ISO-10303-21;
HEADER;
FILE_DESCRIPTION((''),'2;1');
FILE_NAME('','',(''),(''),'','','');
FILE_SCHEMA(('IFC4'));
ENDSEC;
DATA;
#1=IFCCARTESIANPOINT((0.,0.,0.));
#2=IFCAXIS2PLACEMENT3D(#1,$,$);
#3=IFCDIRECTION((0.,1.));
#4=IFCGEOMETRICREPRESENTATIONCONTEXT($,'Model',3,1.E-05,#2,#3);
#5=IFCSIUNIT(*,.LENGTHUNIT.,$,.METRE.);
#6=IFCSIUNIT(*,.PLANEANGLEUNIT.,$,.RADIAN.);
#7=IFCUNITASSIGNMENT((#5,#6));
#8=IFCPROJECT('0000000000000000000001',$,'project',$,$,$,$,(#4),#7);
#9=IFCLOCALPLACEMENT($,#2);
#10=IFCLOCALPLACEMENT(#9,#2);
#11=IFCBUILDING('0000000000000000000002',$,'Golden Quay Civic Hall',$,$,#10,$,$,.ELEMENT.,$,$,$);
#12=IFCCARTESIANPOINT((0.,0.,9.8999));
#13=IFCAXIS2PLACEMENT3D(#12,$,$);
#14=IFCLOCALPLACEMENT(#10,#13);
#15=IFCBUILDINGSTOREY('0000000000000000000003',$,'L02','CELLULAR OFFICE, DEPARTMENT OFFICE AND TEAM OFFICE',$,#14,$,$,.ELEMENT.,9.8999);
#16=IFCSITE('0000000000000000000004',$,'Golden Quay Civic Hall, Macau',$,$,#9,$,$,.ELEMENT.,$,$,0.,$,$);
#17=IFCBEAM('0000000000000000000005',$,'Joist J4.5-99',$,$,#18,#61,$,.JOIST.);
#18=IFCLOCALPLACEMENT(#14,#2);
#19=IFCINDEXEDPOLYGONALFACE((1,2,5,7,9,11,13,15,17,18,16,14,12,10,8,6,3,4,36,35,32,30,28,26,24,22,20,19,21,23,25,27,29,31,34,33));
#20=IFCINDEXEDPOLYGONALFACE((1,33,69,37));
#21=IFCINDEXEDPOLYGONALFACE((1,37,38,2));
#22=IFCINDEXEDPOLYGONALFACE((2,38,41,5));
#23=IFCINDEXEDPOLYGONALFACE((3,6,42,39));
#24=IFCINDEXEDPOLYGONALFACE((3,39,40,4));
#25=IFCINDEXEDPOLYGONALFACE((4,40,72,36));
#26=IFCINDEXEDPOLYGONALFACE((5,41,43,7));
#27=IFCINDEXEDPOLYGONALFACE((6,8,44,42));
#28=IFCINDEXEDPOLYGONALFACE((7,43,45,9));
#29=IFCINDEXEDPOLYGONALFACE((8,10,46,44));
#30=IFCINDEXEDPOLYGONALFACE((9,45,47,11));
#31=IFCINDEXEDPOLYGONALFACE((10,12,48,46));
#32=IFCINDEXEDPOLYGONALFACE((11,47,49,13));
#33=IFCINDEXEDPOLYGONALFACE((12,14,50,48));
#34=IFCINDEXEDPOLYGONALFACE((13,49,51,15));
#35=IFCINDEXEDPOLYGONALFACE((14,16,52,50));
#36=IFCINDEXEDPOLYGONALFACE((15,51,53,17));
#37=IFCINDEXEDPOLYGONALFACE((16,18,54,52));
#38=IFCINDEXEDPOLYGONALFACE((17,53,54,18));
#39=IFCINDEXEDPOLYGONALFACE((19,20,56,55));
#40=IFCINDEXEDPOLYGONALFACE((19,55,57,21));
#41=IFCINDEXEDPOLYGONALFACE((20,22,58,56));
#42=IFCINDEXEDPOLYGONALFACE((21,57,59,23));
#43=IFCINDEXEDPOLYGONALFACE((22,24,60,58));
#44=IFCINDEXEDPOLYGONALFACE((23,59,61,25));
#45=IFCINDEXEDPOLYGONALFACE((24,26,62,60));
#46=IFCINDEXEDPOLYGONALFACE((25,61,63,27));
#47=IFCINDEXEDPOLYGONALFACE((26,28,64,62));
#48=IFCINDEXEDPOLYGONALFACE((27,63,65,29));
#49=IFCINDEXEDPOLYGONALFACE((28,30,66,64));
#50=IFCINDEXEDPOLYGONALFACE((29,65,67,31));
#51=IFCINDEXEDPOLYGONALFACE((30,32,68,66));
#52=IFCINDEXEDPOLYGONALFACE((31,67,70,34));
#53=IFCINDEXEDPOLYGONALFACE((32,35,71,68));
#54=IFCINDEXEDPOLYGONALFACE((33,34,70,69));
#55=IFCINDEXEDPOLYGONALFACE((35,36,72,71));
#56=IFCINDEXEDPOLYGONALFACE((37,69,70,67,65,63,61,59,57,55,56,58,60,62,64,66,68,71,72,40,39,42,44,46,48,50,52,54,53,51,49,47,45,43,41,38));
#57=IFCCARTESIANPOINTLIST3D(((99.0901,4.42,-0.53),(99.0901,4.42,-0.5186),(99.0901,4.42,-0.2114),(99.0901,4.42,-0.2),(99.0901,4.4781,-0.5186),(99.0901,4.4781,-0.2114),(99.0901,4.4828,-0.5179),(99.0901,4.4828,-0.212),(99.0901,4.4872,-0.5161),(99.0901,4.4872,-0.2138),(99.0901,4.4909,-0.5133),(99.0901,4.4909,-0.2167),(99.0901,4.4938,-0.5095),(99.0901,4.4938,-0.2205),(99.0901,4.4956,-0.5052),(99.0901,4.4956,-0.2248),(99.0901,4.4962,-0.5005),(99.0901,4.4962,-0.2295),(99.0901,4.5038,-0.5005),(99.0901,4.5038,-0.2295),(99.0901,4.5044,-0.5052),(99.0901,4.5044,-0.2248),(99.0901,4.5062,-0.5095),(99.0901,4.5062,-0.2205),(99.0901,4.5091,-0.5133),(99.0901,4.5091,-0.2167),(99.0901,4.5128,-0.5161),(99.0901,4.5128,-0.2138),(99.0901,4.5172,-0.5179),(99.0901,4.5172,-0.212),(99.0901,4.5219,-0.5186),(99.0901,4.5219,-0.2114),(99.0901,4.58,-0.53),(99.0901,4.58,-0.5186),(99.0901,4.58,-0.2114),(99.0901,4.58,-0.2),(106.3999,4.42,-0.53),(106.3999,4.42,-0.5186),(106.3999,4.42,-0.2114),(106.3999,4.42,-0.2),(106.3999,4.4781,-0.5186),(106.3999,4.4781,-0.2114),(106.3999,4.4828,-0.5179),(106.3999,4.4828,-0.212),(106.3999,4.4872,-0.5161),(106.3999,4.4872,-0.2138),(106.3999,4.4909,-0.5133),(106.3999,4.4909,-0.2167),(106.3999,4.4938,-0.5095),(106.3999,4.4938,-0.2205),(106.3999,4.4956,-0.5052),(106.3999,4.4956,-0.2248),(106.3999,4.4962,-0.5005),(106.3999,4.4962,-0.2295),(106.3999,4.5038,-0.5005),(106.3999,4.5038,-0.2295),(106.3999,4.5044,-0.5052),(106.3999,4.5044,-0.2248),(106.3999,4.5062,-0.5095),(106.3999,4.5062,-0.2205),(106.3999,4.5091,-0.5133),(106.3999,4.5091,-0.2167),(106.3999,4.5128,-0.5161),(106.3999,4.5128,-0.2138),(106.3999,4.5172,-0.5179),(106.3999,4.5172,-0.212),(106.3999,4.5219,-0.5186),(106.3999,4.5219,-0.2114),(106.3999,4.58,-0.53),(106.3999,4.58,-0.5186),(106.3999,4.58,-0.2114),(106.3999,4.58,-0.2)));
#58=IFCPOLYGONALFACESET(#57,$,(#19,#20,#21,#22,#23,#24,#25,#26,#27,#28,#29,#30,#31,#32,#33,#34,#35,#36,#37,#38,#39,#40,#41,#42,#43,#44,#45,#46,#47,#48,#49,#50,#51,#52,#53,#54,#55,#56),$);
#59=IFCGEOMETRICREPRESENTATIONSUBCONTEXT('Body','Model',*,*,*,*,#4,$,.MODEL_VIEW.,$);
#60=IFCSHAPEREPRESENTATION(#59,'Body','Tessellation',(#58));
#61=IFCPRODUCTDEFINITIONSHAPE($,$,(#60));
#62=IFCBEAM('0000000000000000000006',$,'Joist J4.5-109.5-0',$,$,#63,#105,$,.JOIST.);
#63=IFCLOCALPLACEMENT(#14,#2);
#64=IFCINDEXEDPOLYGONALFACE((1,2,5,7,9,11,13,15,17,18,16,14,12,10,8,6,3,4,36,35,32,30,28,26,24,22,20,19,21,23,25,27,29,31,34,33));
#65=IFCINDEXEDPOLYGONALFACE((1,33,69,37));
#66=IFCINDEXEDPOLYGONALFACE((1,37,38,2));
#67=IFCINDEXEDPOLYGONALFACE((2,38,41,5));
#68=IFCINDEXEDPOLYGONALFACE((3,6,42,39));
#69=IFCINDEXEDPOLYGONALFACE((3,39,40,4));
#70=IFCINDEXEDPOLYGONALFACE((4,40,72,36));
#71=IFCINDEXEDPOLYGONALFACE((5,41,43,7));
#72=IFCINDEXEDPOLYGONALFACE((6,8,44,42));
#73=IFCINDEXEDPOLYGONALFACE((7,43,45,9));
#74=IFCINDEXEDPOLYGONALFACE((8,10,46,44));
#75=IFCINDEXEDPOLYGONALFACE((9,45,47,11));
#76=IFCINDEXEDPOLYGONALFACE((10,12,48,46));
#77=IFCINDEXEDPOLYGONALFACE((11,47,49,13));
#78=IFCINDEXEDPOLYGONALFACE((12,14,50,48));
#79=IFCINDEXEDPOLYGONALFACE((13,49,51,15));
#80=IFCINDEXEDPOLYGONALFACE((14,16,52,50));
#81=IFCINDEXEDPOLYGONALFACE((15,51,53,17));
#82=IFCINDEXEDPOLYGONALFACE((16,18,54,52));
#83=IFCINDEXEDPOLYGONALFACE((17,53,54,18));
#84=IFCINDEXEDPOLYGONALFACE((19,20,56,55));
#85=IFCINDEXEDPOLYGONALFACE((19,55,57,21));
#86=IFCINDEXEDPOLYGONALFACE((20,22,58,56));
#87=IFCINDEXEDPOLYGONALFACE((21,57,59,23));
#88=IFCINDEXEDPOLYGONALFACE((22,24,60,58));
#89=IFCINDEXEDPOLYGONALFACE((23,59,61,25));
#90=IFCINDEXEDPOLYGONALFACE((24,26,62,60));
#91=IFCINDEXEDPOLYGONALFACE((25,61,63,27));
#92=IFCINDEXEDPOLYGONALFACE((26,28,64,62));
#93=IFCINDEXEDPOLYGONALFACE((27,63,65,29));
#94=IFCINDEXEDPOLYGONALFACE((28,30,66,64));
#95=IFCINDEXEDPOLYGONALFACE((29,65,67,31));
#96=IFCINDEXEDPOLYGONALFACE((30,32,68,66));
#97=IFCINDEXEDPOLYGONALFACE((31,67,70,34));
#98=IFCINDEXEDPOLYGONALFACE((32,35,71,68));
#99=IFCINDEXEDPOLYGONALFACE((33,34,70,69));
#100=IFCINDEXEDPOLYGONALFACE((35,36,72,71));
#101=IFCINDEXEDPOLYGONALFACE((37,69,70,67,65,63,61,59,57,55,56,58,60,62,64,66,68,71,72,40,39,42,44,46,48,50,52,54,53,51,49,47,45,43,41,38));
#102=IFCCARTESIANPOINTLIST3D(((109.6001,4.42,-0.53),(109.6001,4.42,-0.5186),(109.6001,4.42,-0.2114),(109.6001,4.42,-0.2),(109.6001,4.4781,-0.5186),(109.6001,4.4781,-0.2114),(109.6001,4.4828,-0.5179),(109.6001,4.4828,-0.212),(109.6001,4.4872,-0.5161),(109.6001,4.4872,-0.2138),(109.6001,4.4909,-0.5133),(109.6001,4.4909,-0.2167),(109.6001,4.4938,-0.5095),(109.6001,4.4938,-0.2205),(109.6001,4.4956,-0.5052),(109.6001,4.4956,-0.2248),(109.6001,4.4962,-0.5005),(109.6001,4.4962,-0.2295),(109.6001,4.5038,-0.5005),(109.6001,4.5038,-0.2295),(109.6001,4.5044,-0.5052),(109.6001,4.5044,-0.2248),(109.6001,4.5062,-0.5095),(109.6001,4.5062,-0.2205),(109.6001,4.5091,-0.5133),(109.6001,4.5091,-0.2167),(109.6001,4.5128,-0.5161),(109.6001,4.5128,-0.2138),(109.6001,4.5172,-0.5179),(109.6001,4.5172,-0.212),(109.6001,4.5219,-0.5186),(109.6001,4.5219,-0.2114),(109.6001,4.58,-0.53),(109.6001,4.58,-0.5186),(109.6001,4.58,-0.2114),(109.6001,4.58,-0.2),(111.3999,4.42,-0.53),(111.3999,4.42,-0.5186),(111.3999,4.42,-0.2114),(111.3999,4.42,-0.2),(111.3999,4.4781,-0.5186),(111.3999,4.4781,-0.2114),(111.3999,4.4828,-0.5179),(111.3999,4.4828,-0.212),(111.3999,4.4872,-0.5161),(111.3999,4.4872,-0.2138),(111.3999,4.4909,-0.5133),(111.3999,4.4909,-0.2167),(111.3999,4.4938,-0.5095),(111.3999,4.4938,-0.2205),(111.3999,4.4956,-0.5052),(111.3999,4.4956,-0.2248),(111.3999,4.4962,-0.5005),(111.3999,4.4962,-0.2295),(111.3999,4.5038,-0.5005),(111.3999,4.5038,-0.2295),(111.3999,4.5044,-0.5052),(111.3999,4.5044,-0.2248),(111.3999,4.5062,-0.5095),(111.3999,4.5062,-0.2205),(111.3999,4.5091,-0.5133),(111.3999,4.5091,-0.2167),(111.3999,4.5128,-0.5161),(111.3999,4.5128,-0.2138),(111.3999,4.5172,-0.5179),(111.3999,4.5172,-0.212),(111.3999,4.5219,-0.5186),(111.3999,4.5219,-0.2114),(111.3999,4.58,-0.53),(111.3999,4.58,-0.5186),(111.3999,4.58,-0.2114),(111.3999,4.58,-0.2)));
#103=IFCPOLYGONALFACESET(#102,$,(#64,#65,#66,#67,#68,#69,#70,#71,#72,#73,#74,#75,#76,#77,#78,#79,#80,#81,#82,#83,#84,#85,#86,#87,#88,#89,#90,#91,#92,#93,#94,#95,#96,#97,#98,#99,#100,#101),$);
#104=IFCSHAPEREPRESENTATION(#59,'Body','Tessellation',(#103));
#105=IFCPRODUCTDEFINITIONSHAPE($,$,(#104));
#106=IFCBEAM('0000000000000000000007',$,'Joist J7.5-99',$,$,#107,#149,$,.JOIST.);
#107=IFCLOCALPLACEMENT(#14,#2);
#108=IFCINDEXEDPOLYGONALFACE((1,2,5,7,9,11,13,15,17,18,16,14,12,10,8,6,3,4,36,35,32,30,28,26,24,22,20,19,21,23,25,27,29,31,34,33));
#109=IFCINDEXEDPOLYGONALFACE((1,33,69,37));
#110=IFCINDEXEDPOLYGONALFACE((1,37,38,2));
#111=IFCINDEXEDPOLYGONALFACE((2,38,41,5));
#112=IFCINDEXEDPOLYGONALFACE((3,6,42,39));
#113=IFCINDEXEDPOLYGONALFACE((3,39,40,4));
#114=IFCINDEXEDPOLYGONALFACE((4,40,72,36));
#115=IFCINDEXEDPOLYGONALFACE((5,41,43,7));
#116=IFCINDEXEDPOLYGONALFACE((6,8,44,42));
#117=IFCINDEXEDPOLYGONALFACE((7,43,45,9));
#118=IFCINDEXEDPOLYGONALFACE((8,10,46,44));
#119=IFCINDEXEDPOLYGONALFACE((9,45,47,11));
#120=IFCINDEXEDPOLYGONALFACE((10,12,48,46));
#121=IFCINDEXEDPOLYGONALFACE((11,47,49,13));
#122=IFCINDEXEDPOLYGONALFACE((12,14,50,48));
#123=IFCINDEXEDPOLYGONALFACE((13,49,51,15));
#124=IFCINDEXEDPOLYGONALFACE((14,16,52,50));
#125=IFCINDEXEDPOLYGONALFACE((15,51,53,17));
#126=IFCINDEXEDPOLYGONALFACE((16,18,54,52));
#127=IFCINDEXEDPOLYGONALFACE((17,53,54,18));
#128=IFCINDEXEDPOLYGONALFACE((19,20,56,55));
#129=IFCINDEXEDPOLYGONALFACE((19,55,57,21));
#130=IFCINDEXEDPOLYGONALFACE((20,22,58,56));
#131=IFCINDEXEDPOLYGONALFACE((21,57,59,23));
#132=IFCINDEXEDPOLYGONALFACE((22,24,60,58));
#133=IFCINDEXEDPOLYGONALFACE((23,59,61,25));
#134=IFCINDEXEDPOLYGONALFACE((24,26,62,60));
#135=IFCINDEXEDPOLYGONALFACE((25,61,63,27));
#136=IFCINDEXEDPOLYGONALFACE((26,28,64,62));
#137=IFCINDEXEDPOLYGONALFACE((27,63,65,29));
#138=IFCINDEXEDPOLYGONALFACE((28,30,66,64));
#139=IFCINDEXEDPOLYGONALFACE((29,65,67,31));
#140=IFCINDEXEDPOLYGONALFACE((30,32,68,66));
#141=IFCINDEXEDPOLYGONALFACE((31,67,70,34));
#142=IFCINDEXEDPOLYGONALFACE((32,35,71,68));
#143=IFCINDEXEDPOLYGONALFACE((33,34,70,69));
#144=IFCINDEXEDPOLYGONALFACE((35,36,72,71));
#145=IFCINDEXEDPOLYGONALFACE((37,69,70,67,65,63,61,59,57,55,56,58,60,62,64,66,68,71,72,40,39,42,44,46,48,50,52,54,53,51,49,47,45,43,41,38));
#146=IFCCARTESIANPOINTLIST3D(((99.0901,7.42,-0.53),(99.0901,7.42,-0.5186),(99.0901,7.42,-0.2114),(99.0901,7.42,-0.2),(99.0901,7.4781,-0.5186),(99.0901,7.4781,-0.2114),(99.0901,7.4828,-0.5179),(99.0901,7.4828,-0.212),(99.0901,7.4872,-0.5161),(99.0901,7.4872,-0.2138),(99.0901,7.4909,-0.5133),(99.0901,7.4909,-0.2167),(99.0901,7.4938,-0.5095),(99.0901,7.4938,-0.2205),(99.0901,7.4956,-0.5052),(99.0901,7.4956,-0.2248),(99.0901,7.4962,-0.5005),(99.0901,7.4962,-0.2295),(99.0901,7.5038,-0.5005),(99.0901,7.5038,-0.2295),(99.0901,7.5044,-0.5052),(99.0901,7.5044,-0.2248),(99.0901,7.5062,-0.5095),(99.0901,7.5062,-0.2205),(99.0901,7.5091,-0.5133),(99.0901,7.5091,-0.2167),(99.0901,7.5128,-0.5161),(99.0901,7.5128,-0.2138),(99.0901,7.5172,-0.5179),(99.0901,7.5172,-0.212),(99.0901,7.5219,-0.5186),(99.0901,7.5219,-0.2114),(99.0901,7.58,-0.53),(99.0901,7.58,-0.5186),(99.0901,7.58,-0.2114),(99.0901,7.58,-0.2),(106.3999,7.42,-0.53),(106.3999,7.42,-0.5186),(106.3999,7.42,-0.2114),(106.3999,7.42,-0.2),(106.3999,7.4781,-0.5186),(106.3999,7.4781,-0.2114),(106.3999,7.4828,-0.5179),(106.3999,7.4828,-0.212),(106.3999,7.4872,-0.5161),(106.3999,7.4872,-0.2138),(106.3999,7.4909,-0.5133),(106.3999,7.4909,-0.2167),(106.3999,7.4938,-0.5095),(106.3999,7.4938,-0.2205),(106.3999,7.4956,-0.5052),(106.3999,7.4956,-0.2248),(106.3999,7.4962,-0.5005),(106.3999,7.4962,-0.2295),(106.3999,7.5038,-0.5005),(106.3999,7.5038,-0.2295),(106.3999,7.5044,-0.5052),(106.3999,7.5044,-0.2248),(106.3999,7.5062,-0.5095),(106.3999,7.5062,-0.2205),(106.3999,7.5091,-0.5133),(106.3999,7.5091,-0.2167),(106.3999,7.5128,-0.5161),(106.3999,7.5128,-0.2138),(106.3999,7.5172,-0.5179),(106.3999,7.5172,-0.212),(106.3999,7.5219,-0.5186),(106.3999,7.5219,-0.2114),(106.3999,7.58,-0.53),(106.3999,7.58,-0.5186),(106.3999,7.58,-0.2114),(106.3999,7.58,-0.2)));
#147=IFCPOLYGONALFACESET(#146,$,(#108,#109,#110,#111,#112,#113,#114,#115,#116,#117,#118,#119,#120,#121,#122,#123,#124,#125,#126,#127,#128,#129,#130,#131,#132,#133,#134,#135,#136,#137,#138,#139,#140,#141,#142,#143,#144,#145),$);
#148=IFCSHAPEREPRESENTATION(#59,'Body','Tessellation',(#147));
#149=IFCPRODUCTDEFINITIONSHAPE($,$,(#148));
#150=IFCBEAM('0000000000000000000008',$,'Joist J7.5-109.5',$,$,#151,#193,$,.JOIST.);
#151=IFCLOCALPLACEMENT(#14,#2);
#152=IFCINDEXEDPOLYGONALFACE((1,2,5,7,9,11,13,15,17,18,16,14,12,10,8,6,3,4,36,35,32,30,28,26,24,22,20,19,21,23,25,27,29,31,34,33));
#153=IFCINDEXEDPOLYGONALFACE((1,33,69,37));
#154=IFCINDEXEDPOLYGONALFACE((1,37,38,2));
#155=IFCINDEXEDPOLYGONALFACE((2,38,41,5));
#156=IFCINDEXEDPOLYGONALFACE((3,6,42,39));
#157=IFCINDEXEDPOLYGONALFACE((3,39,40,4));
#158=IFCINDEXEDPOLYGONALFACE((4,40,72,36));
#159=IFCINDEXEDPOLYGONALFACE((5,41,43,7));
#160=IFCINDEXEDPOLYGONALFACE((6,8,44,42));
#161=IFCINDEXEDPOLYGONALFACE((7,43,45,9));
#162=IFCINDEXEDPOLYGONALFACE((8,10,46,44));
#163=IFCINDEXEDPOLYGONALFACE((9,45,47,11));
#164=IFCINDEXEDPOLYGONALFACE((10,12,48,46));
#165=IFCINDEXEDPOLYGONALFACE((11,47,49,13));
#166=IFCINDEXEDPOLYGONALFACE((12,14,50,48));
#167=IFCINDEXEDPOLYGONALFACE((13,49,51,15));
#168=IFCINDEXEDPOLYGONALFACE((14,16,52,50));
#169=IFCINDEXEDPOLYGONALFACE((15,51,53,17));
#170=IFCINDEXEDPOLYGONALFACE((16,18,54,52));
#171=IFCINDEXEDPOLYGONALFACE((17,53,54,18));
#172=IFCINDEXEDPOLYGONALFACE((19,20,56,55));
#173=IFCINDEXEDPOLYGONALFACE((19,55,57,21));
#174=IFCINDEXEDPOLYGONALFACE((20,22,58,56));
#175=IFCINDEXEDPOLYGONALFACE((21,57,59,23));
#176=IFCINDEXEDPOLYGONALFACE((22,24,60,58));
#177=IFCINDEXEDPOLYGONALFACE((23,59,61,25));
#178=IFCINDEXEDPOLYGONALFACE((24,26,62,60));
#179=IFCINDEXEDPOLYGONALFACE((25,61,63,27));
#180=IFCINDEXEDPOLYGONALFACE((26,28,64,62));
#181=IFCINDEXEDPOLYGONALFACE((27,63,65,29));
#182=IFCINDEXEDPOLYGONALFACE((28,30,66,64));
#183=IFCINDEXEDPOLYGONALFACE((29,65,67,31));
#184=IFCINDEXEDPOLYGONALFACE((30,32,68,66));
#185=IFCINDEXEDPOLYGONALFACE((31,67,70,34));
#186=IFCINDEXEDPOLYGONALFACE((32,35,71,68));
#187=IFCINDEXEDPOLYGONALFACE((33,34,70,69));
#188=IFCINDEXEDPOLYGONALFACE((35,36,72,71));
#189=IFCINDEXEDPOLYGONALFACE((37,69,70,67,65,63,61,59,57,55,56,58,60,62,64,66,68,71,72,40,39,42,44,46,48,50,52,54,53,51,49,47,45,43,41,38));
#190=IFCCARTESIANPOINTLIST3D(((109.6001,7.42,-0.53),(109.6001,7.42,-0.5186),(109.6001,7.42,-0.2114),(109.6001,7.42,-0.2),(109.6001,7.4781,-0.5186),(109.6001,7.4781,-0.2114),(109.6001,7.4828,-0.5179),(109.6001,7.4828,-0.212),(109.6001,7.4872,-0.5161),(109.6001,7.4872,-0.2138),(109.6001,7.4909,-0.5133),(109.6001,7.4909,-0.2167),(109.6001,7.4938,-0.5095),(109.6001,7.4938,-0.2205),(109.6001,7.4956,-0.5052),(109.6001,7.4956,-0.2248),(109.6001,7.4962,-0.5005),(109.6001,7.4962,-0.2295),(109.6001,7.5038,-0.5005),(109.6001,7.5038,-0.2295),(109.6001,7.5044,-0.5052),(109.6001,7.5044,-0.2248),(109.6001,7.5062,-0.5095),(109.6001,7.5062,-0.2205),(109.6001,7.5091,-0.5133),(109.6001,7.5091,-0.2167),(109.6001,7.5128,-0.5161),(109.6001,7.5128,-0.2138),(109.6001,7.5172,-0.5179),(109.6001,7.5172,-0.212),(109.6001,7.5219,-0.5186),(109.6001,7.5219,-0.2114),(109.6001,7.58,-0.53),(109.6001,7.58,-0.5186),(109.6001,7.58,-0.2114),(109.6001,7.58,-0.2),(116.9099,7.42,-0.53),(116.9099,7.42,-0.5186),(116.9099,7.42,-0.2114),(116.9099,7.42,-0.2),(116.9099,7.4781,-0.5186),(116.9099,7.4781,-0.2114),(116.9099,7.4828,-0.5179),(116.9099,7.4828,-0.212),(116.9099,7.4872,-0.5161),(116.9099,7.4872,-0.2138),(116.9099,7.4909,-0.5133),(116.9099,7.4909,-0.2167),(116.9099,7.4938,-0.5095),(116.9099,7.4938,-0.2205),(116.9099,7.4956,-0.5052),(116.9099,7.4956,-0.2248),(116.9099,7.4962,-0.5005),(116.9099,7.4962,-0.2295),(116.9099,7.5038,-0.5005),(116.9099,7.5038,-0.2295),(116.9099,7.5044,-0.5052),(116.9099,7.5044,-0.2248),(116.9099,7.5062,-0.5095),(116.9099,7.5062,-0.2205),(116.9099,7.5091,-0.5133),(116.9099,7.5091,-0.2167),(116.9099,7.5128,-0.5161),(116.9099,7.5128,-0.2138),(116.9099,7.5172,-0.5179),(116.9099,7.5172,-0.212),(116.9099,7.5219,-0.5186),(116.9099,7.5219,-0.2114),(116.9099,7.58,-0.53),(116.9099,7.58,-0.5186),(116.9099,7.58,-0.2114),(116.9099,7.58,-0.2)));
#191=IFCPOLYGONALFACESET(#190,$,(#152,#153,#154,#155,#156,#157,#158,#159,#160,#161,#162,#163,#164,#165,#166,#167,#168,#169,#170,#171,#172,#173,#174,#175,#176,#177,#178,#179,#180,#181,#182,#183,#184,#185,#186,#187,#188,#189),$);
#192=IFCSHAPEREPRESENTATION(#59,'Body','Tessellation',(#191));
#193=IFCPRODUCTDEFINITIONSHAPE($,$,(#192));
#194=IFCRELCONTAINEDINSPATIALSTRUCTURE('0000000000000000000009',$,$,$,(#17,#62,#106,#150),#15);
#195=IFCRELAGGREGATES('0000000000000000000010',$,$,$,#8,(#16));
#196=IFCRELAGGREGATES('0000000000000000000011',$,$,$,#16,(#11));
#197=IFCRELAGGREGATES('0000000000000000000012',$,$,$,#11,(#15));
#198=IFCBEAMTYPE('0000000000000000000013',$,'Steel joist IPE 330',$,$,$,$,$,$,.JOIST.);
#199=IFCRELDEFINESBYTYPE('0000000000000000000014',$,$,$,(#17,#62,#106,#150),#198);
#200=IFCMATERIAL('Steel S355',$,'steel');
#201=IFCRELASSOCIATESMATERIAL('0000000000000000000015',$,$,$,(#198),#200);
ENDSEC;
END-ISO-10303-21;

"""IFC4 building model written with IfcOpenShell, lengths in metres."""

from ifc_helpers import new_model, si_unit, direction, frame, origin, origin_2d, place, context, subcontext, project, spatial, i_section, extrude, material, material_profile, profile_set, type_object, element, save


model = new_model("IFC4")

# Units and contexts
model_context = context("Model", 3, precision=1e-05, world=origin(), true_north=direction((0.0, 1.0)))
body_context = subcontext(model_context, "Body", "Model", "MODEL_VIEW")
ifc_project = project(units=[si_unit("LENGTHUNIT", "METRE"), si_unit("PLANEANGLEUNIT", "RADIAN")], contexts=[model_context])

# Site, building, storey
site_placement = place(None, origin())
site = spatial("IfcSite", under=ifc_project, at=site_placement, Name="Golden Quay Civic Hall, Macau", CompositionType="ELEMENT", RefElevation=0.0)
building_placement = place(site_placement, origin())
building = spatial("IfcBuilding", under=site, at=building_placement, Name="Golden Quay Civic Hall", CompositionType="ELEMENT")
storey_placement = place(building_placement, frame((0.0, 0.0, 9.8999)))
storey = spatial("IfcBuildingStorey", under=building, at=storey_placement, Name="L02", Description="CELLULAR OFFICE, DEPARTMENT OFFICE AND TEAM OFFICE", CompositionType="ELEMENT", Elevation=9.8999)

# Beams
ifc_material_1 = material(Name="Steel S355", Category="steel")
ifc_material_profile_1 = material_profile(ifc_material_1, i_section(OverallWidth=0.1599, OverallDepth=0.3301, WebThickness=0.0076, FlangeThickness=0.0115, FilletRadius=0.0181, at=origin_2d()), Name="IPE 330")
ifc_profile_set_1 = profile_set([ifc_material_profile_1], Name="Steel S355")
beam_type_1 = type_object("IfcBeamType", Name="Steel joist IPE 330", PredefinedType="JOIST", material=ifc_profile_set_1)
beam_1_placement = place(storey_placement, frame((99.0901, 4.5, -0.365), z_axis=(1.0, 0.0, 0.0), x_axis=(0.0, 1.0, 0.0)))
element("IfcBeam", 1, at=beam_1_placement, inside=storey, type_object=beam_type_1, Name="Joist J4.5-99", PredefinedType="JOIST", context=body_context, shape_type="SweptSolid", body=[
    extrude(i_section(OverallWidth=0.1599, OverallDepth=0.3301, WebThickness=0.0076, FlangeThickness=0.0115, FilletRadius=0.0181, at=origin_2d()), origin(), (0.0, 0.0, 1.0), 7.3098),
])
beam_2_placement = place(storey_placement, frame((109.6001, 4.5, -0.365), z_axis=(1.0, 0.0, 0.0), x_axis=(0.0, 1.0, 0.0)))
element("IfcBeam", 2, at=beam_2_placement, inside=storey, type_object=beam_type_1, Name="Joist J4.5-109.5-0", PredefinedType="JOIST", context=body_context, shape_type="SweptSolid", body=[
    extrude(i_section(OverallWidth=0.1599, OverallDepth=0.3301, WebThickness=0.0076, FlangeThickness=0.0115, FilletRadius=0.0181, at=origin_2d()), origin(), (0.0, 0.0, 1.0), 1.7998),
])
for number, where, z_axis, x_axis, name in (
    (3, (99.0901, 7.5, -0.365), (1.0, 0.0, 0.0), (0.0, 1.0, 0.0), "Joist J7.5-99"),
    (4, (109.6001, 7.5, -0.365), (1.0, 0.0, 0.0), (0.0, 1.0, 0.0), "Joist J7.5-109.5"),
):
    element("IfcBeam", number, at=place(storey_placement, frame(where, z_axis=z_axis, x_axis=x_axis)), inside=storey, type_object=beam_type_1, Name=name, PredefinedType="JOIST", context=body_context, shape_type="SweptSolid", body=[
        extrude(i_section(OverallWidth=0.1599, OverallDepth=0.3301, WebThickness=0.0076, FlangeThickness=0.0115, FilletRadius=0.0181, at=origin_2d()), origin(), (0.0, 0.0, 1.0), 7.3098),
    ])

save(model, "model.ifc")
